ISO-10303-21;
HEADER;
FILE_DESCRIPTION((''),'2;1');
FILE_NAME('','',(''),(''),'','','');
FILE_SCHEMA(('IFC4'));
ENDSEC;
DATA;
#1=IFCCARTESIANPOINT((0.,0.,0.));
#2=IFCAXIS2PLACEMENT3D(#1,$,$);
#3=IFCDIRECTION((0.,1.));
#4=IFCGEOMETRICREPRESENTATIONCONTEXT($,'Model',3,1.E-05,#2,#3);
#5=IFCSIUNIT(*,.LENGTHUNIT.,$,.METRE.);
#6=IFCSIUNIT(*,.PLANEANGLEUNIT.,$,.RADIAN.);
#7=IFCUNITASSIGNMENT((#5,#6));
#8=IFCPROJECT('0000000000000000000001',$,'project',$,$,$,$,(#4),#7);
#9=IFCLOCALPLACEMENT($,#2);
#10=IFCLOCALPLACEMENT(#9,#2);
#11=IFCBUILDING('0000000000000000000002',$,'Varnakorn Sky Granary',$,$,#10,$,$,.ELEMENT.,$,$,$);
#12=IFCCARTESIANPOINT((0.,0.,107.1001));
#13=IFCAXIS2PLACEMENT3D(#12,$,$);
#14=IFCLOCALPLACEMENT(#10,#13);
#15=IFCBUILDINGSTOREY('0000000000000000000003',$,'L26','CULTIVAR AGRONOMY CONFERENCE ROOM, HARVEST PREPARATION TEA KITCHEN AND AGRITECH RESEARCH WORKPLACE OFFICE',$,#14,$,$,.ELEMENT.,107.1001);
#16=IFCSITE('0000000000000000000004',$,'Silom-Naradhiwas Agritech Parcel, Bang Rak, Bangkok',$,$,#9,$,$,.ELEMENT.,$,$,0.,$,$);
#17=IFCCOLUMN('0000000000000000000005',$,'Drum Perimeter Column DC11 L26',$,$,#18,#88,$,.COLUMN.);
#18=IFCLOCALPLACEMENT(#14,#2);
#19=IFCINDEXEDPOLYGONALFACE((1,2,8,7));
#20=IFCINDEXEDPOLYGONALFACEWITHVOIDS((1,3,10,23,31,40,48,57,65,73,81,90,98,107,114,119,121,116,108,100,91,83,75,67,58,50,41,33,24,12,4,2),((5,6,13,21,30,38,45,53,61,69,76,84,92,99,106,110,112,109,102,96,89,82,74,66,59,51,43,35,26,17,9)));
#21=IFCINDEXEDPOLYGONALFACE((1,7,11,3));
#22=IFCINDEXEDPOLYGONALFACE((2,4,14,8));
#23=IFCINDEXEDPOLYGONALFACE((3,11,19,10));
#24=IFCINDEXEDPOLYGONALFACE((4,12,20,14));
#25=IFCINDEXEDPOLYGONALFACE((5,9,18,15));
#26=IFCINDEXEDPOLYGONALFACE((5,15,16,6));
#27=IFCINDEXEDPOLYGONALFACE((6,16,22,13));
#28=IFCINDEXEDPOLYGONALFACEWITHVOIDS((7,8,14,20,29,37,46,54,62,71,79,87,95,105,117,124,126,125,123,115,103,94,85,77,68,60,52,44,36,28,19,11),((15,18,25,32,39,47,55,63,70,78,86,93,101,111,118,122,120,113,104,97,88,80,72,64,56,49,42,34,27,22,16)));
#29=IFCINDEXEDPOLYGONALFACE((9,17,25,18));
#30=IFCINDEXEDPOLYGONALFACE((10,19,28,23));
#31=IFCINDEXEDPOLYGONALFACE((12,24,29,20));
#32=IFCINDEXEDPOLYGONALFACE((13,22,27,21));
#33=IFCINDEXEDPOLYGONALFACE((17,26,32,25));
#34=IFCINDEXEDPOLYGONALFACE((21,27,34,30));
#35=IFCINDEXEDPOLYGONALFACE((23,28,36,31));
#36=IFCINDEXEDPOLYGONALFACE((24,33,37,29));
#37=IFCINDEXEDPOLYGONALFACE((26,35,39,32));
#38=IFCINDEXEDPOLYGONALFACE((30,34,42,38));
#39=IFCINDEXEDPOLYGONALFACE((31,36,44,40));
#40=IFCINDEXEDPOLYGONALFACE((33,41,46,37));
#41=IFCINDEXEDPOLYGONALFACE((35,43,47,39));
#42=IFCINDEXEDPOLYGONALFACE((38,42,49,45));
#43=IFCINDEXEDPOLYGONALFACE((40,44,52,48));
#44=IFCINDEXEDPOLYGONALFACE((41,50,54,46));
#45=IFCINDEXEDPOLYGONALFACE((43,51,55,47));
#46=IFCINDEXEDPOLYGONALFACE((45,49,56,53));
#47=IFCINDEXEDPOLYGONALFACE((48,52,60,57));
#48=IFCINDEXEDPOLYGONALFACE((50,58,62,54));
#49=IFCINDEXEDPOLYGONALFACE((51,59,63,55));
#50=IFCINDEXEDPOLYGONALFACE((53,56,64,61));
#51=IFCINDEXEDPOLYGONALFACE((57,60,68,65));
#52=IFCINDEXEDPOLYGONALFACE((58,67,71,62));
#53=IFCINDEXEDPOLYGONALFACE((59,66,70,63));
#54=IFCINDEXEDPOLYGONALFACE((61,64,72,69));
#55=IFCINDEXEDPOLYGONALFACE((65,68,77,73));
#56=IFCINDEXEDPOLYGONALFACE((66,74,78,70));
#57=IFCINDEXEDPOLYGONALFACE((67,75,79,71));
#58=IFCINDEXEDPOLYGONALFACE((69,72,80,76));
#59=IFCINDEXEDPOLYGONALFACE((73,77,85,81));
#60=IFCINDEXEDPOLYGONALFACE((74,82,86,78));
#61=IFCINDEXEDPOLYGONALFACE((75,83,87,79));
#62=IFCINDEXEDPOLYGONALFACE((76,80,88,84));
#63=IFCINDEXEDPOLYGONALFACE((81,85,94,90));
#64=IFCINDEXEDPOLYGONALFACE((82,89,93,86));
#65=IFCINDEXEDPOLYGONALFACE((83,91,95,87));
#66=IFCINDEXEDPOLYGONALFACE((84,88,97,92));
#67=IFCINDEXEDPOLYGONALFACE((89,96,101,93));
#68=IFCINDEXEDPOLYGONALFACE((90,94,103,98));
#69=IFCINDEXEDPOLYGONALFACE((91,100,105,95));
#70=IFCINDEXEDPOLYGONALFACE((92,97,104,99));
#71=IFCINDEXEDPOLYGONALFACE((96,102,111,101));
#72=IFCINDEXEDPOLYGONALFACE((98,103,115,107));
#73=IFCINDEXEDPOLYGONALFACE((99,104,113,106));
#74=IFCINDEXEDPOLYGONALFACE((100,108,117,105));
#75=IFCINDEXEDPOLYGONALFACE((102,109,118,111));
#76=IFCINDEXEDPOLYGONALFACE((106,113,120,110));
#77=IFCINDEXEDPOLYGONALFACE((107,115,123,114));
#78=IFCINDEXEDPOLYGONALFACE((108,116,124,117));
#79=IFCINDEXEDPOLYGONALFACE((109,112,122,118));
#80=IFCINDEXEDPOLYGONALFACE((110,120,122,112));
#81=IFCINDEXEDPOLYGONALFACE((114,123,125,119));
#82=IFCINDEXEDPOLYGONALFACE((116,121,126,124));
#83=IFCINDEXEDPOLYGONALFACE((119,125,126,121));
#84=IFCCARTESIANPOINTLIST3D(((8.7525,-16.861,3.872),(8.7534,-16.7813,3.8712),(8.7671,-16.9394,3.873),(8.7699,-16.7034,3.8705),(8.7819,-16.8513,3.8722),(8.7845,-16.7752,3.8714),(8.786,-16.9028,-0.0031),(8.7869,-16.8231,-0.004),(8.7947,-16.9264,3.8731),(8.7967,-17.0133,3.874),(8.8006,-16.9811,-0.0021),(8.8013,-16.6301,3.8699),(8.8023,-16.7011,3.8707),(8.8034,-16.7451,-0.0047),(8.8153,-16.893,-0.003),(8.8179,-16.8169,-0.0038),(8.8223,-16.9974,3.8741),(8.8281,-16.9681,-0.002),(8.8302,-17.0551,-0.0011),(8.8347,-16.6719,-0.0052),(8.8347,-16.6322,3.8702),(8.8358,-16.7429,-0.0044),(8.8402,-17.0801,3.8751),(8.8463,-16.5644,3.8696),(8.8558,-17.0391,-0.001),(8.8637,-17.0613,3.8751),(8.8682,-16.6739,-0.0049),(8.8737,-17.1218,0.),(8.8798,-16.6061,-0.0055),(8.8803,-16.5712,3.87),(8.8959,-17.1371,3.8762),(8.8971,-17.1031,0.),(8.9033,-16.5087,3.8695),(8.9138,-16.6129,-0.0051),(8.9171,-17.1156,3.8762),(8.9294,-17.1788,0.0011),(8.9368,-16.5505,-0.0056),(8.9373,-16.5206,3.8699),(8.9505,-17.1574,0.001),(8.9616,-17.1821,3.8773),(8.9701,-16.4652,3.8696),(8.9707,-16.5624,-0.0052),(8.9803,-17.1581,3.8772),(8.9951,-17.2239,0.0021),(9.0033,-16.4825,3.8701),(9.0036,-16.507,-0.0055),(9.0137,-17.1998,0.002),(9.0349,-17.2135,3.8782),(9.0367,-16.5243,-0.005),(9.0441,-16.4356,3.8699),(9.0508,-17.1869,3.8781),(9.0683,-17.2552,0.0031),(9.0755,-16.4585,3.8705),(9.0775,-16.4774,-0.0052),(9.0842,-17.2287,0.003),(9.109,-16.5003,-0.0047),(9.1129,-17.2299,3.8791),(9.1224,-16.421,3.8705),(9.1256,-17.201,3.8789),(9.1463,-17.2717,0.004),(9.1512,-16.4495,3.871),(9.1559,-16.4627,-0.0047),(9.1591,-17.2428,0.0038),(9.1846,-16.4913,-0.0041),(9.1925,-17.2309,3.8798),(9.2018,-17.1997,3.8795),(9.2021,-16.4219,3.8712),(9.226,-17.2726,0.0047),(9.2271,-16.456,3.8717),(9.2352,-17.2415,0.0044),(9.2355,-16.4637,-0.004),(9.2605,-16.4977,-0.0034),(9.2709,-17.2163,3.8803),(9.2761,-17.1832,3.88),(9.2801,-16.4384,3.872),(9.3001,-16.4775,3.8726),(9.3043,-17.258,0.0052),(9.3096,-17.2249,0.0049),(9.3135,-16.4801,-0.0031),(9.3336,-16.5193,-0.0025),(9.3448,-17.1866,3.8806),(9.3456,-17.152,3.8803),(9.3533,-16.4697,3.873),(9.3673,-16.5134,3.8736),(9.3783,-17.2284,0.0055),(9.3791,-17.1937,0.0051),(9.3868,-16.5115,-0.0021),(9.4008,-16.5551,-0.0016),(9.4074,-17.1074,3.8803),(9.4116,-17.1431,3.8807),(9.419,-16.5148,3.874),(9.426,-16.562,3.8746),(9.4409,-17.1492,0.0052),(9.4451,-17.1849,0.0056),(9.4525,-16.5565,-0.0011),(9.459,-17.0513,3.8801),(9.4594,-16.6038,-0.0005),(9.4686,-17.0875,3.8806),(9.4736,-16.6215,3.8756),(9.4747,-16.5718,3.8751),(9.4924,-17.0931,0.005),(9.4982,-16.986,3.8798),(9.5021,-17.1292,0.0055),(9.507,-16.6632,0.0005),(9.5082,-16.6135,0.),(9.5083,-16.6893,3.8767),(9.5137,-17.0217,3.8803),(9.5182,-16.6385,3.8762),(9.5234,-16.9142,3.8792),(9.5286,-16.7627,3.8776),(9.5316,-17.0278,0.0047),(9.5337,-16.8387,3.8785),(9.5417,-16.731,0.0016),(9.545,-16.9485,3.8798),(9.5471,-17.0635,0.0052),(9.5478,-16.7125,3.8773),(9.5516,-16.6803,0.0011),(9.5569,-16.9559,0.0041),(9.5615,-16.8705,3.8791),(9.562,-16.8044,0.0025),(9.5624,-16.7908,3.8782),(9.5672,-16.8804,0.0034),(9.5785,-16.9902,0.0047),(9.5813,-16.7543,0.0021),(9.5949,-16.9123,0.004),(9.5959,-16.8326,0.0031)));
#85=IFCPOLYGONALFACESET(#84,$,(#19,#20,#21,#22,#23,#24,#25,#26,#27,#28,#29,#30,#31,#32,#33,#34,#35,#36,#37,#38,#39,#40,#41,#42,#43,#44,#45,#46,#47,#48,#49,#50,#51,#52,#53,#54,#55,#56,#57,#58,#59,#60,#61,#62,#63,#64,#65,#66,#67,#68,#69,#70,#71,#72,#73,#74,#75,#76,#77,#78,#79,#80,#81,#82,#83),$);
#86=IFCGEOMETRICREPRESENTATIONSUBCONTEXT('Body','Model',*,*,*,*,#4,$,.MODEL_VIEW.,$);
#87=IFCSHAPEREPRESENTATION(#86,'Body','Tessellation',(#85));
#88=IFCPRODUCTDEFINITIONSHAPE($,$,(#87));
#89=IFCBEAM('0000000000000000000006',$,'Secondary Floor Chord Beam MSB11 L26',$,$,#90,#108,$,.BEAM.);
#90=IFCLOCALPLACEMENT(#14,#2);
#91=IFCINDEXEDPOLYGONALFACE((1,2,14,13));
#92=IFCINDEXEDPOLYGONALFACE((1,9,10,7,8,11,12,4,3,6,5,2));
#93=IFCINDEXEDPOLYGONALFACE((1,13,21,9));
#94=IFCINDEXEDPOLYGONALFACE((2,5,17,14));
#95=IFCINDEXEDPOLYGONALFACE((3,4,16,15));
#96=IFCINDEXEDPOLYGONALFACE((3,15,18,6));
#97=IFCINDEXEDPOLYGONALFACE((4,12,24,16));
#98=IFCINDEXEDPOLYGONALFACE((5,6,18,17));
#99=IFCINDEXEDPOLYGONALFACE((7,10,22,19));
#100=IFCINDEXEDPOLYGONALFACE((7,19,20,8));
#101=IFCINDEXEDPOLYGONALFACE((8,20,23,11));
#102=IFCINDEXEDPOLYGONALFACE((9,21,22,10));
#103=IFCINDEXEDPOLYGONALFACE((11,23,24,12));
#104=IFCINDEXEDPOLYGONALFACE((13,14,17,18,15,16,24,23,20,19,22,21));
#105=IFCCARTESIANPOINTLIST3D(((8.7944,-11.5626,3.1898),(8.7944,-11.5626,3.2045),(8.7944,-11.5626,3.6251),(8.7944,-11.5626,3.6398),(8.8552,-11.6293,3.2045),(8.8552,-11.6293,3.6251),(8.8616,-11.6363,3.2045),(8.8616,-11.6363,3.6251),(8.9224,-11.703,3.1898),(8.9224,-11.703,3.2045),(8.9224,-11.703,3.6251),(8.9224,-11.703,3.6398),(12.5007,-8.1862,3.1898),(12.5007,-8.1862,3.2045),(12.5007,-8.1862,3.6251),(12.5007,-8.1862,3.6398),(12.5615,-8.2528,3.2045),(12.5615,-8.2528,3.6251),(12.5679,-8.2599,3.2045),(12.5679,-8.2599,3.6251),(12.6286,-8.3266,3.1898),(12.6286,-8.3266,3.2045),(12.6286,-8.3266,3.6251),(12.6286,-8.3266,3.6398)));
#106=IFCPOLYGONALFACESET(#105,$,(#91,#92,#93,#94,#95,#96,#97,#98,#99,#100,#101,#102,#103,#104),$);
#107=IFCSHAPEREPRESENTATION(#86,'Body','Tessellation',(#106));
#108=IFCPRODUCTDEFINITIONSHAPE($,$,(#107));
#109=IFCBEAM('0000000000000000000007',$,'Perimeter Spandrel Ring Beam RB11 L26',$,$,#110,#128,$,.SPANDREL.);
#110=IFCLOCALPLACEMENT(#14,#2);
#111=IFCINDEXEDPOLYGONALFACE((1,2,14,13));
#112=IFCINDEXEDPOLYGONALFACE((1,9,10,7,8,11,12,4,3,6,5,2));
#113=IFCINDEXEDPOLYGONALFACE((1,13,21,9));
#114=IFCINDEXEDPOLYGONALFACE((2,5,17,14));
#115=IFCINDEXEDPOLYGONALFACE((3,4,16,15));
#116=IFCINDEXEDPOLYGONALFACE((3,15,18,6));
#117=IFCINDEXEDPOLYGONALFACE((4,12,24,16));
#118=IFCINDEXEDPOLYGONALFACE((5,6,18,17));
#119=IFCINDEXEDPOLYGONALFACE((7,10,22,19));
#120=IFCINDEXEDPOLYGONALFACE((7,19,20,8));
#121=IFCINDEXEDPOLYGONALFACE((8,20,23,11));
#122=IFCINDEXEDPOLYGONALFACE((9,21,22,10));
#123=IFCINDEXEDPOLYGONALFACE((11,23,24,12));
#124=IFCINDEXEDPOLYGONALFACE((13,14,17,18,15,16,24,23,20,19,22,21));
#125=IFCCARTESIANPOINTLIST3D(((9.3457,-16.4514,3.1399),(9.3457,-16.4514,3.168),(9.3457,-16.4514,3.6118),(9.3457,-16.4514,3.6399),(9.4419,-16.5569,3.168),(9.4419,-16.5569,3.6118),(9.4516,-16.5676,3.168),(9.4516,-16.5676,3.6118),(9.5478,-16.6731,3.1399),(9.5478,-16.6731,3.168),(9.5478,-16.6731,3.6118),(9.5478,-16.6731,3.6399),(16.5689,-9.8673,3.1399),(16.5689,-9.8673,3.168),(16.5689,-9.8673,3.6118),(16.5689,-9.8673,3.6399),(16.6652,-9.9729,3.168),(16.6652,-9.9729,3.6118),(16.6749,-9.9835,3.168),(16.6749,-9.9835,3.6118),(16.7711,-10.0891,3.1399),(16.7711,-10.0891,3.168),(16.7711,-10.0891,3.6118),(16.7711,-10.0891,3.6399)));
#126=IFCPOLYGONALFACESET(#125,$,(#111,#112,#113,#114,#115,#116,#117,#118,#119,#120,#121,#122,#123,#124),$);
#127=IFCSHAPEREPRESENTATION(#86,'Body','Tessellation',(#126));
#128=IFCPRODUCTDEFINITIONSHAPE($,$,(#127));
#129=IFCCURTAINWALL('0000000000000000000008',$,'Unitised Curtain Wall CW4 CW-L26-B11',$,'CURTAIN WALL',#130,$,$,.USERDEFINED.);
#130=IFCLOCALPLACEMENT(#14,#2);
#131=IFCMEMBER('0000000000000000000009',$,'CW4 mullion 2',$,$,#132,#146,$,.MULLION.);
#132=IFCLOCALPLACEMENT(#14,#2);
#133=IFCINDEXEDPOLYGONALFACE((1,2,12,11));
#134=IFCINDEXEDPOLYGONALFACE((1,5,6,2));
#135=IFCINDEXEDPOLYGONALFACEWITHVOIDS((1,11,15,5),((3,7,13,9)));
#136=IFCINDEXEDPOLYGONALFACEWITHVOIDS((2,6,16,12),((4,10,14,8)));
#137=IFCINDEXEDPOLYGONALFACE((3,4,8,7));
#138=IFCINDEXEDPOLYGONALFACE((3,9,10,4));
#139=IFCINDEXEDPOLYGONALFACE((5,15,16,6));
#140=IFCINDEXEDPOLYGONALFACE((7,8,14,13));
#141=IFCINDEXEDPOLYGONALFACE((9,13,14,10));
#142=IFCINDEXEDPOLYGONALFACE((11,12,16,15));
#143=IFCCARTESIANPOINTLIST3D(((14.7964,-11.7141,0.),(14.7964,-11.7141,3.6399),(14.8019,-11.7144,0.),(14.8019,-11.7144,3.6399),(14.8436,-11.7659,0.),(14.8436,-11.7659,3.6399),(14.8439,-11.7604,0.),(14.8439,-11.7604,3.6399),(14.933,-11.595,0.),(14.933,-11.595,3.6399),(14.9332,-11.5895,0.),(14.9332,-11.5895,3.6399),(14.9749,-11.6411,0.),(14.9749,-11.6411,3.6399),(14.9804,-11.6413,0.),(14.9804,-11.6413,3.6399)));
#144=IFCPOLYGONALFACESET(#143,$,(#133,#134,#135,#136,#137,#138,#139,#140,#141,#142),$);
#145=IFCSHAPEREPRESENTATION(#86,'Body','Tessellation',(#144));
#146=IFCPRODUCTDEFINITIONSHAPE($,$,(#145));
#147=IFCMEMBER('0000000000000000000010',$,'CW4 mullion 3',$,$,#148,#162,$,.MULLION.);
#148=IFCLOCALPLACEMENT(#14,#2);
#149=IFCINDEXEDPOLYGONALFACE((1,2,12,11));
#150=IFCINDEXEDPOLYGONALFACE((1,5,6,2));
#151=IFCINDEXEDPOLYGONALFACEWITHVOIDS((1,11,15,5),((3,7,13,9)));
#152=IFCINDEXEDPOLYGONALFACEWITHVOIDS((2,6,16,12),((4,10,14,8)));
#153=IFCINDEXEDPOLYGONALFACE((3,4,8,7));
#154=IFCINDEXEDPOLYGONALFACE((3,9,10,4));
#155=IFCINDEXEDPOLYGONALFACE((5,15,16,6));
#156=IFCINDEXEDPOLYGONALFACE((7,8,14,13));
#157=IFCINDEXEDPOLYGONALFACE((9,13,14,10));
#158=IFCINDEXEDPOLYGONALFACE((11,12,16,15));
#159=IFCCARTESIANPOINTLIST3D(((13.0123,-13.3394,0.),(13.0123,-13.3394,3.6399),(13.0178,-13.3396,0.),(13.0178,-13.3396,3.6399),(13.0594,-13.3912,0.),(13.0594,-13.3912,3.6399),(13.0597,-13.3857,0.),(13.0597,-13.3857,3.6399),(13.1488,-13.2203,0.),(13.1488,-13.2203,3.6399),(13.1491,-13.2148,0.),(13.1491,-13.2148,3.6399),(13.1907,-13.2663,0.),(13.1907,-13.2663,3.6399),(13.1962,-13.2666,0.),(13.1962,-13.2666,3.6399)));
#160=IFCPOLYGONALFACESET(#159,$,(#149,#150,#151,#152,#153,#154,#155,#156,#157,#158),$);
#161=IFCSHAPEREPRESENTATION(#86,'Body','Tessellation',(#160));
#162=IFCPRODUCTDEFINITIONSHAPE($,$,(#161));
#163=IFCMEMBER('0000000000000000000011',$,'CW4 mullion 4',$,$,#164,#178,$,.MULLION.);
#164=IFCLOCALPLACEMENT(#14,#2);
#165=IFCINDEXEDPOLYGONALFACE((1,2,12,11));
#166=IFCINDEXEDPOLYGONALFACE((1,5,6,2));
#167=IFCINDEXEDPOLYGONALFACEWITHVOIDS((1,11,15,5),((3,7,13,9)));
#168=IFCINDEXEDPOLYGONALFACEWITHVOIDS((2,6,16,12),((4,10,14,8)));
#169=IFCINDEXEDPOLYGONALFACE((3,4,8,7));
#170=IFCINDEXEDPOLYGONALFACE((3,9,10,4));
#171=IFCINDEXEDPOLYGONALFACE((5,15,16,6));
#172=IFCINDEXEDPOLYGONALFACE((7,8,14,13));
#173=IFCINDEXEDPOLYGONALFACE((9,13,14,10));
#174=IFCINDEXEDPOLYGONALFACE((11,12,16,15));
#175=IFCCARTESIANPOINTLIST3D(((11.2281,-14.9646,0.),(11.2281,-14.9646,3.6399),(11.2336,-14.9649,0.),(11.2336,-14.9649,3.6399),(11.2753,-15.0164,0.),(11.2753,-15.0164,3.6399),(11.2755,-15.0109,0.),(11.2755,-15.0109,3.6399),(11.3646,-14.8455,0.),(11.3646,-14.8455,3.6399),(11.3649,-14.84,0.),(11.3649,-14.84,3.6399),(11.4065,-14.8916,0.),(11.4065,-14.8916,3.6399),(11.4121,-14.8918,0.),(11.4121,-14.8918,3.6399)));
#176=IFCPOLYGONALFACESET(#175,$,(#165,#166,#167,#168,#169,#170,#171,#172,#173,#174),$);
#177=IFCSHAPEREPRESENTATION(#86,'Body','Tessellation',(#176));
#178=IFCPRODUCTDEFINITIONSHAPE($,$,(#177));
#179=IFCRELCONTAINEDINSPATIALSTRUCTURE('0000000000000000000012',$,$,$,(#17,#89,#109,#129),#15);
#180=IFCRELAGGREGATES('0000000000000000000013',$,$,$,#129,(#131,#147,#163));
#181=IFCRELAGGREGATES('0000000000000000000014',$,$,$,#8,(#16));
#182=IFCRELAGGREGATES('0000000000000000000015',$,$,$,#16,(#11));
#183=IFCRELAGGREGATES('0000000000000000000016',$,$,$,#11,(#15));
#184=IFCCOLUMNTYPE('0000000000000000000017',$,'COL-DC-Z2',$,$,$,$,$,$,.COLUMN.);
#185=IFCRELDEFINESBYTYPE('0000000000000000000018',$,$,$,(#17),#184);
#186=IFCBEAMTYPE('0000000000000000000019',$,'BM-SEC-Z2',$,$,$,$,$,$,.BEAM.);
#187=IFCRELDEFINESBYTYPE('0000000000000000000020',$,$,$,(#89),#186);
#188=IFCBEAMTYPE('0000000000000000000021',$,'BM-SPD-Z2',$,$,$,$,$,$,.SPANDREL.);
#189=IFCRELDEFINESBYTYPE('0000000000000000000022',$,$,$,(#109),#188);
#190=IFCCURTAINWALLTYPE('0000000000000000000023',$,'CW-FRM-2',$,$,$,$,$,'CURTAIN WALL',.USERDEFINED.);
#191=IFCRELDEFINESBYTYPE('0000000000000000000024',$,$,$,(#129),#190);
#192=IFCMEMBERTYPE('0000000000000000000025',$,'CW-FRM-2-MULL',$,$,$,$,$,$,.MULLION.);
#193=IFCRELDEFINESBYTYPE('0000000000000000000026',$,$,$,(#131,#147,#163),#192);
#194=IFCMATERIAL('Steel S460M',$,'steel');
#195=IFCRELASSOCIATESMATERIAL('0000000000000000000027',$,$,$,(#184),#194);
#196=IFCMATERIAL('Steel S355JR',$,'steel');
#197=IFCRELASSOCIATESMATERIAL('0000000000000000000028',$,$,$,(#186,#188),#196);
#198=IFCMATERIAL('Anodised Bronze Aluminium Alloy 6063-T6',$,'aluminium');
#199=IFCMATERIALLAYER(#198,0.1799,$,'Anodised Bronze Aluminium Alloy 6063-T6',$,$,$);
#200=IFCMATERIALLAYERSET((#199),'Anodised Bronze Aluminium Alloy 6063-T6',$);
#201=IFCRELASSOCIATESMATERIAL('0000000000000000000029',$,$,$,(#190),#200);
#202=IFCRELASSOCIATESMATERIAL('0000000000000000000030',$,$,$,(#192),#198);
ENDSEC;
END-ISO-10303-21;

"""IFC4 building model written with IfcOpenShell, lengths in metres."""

from ifc_helpers import new_model, si_unit, direction, frame, origin, origin_2d, place, context, subcontext, project, spatial, hollow_rectangle, hollow_circle, i_section, extrude, material, layer, layer_set, material_profile, profile_set, type_object, element, aggregate, save


model = new_model("IFC4")

# Units and contexts
model_context = context("Model", 3, precision=1e-05, world=origin(), true_north=direction((0.0, 1.0)))
body_context = subcontext(model_context, "Body", "Model", "MODEL_VIEW")
ifc_project = project(units=[si_unit("LENGTHUNIT", "METRE"), si_unit("PLANEANGLEUNIT", "RADIAN")], contexts=[model_context])

# Site, building, storey
site_placement = place(None, origin())
site = spatial("IfcSite", under=ifc_project, at=site_placement, Name="Silom-Naradhiwas Agritech Parcel, Bang Rak, Bangkok", CompositionType="ELEMENT", RefElevation=0.0)
building_placement = place(site_placement, origin())
building = spatial("IfcBuilding", under=site, at=building_placement, Name="Varnakorn Sky Granary", CompositionType="ELEMENT")
storey_placement = place(building_placement, frame((0.0, 0.0, 107.1001)))
storey = spatial("IfcBuildingStorey", under=building, at=storey_placement, Name="L26", Description="CULTIVAR AGRONOMY CONFERENCE ROOM, HARVEST PREPARATION TEA KITCHEN AND AGRITECH RESEARCH WORKPLACE OFFICE", CompositionType="ELEMENT", Elevation=107.1001)

# Column
ifc_material_1 = material(Name="Steel S460M", Category="steel")
ifc_material_profile_1 = material_profile(ifc_material_1, hollow_circle(Radius=0.4065, WallThickness=0.03, at=origin_2d()), Name="CHS 813x30")
ifc_profile_set_1 = profile_set([ifc_material_profile_1], Name="Steel S460M")
column_type = type_object("IfcColumnType", Name="COL-DC-Z2", PredefinedType="COLUMN", material=ifc_profile_set_1)
column_placement = place(storey_placement, frame((9.1909, -16.8677, 0.0), z_axis=(-0.008631, 0.010773, 0.999905), x_axis=(-0.780423, -0.625251, 0.0)))
element("IfcColumn", 1, at=column_placement, inside=storey, type_object=column_type, Name="Drum Perimeter Column DC11 L26", PredefinedType="COLUMN", context=body_context, shape_type="SweptSolid", body=[
    extrude(hollow_circle(Radius=0.4065, WallThickness=0.03, at=origin_2d()), origin(), (0.0, 0.0, 1.0), 3.8755),
])

# Beams
ifc_material_2 = material(Name="Steel S355JR", Category="steel")
ifc_material_profile_2 = material_profile(ifc_material_2, i_section(OverallWidth=0.1899, OverallDepth=0.45, WebThickness=0.0095, FlangeThickness=0.0146, at=origin_2d()), Name="IPE 450")
ifc_profile_set_2 = profile_set([ifc_material_profile_2], Name="Steel S355JR")
beam_type_1 = type_object("IfcBeamType", Name="BM-SEC-Z2", PredefinedType="BEAM", material=ifc_profile_set_2)
beam_1_placement = place(storey_placement, frame((8.8584, -11.6328, 3.4148), z_axis=(0.739235, 0.673448, 0.0), x_axis=(-0.673448, 0.739235, 0.0)))
element("IfcBeam", 2, at=beam_1_placement, inside=storey, type_object=beam_type_1, Name="Secondary Floor Chord Beam MSB11 L26", PredefinedType="BEAM", context=body_context, shape_type="SweptSolid", body=[
    extrude(i_section(OverallWidth=0.1899, OverallDepth=0.45, WebThickness=0.0095, FlangeThickness=0.0146, at=origin_2d()), origin(), (0.0, 0.0, 1.0), 5.0137),
])
ifc_material_profile_3 = material_profile(ifc_material_2, i_section(OverallWidth=0.3, OverallDepth=0.5, WebThickness=0.0144, FlangeThickness=0.0281, at=origin_2d()), Name="HE 500 B")
ifc_profile_set_3 = profile_set([ifc_material_profile_3], Name="Steel S355JR")
beam_type_2 = type_object("IfcBeamType", Name="BM-SPD-Z2", PredefinedType="SPANDREL", material=ifc_profile_set_3)
beam_2_placement = place(storey_placement, frame((9.4468, -16.5623, 3.3899), z_axis=(0.739049, 0.673652, 0.0), x_axis=(-0.673652, 0.739049, 0.0)))
element("IfcBeam", 3, at=beam_2_placement, inside=storey, type_object=beam_type_2, Name="Perimeter Spandrel Ring Beam RB11 L26", PredefinedType="SPANDREL", context=body_context, shape_type="SweptSolid", body=[
    extrude(i_section(OverallWidth=0.3, OverallDepth=0.5, WebThickness=0.0144, FlangeThickness=0.0281, at=origin_2d()), origin(), (0.0, 0.0, 1.0), 9.7737),
])

# Curtain wall, members
ifc_material_3 = material(Name="Anodised Bronze Aluminium Alloy 6063-T6", Category="aluminium")
ifc_layer_1 = layer(ifc_material_3, 0.1799, Name="Anodised Bronze Aluminium Alloy 6063-T6")
ifc_layer_set_1 = layer_set([ifc_layer_1], Name="Anodised Bronze Aluminium Alloy 6063-T6")
curtain_wall_type = type_object("IfcCurtainWallType", Name="CW-FRM-2", ElementType="CURTAIN WALL", PredefinedType="USERDEFINED", material=ifc_layer_set_1)
curtain_wall_placement = place(storey_placement, origin())
curtain_wall = element("IfcCurtainWall", 4, at=curtain_wall_placement, inside=storey, type_object=curtain_wall_type, Name="Unitised Curtain Wall CW4 CW-L26-B11", ObjectType="CURTAIN WALL", PredefinedType="USERDEFINED")
ifc_material_profile_4 = material_profile(ifc_material_3, hollow_rectangle(XDim=0.0701, YDim=0.1851, WallThickness=0.0039, at=origin_2d()), Name="ALU MULL 70x185")
ifc_profile_set_4 = profile_set([ifc_material_profile_4], Name="Anodised Bronze Aluminium Alloy 6063-T6")
member_type_1 = type_object("IfcMemberType", Name="CW-FRM-2-MULL", PredefinedType="MULLION", material=ifc_profile_set_4)
member_1_placement = place(storey_placement, frame((14.8884, -11.6777, 0.0), z_axis=(0.0, 0.0, 1.0), x_axis=(0.673414, -0.739265, 0.0)))
member_1 = element("IfcMember", 5, at=member_1_placement, type_object=member_type_1, Name="CW4 mullion 2", PredefinedType="MULLION", context=body_context, shape_type="SweptSolid", body=[
    extrude(hollow_rectangle(XDim=0.0701, YDim=0.1851, WallThickness=0.0039, at=origin_2d()), origin(), (0.0, 0.0, 1.0), 3.6399),
])
member_2_placement = place(storey_placement, frame((13.1042, -13.303, 0.0), z_axis=(0.0, 0.0, 1.0), x_axis=(0.673414, -0.739265, 0.0)))
member_2 = element("IfcMember", 6, at=member_2_placement, type_object=member_type_1, Name="CW4 mullion 3", PredefinedType="MULLION", context=body_context, shape_type="SweptSolid", body=[
    extrude(hollow_rectangle(XDim=0.0701, YDim=0.1851, WallThickness=0.0039, at=origin_2d()), origin(), (0.0, 0.0, 1.0), 3.6399),
])
member_3_placement = place(storey_placement, frame((11.3201, -14.9282, 0.0), z_axis=(0.0, 0.0, 1.0), x_axis=(0.673414, -0.739265, 0.0)))
member_3 = element("IfcMember", 7, at=member_3_placement, type_object=member_type_1, Name="CW4 mullion 4", PredefinedType="MULLION", context=body_context, shape_type="SweptSolid", body=[
    extrude(hollow_rectangle(XDim=0.0701, YDim=0.1851, WallThickness=0.0039, at=origin_2d()), origin(), (0.0, 0.0, 1.0), 3.6399),
])

aggregate(curtain_wall, [member_1, member_2, member_3])

save(model, "model.ifc")
